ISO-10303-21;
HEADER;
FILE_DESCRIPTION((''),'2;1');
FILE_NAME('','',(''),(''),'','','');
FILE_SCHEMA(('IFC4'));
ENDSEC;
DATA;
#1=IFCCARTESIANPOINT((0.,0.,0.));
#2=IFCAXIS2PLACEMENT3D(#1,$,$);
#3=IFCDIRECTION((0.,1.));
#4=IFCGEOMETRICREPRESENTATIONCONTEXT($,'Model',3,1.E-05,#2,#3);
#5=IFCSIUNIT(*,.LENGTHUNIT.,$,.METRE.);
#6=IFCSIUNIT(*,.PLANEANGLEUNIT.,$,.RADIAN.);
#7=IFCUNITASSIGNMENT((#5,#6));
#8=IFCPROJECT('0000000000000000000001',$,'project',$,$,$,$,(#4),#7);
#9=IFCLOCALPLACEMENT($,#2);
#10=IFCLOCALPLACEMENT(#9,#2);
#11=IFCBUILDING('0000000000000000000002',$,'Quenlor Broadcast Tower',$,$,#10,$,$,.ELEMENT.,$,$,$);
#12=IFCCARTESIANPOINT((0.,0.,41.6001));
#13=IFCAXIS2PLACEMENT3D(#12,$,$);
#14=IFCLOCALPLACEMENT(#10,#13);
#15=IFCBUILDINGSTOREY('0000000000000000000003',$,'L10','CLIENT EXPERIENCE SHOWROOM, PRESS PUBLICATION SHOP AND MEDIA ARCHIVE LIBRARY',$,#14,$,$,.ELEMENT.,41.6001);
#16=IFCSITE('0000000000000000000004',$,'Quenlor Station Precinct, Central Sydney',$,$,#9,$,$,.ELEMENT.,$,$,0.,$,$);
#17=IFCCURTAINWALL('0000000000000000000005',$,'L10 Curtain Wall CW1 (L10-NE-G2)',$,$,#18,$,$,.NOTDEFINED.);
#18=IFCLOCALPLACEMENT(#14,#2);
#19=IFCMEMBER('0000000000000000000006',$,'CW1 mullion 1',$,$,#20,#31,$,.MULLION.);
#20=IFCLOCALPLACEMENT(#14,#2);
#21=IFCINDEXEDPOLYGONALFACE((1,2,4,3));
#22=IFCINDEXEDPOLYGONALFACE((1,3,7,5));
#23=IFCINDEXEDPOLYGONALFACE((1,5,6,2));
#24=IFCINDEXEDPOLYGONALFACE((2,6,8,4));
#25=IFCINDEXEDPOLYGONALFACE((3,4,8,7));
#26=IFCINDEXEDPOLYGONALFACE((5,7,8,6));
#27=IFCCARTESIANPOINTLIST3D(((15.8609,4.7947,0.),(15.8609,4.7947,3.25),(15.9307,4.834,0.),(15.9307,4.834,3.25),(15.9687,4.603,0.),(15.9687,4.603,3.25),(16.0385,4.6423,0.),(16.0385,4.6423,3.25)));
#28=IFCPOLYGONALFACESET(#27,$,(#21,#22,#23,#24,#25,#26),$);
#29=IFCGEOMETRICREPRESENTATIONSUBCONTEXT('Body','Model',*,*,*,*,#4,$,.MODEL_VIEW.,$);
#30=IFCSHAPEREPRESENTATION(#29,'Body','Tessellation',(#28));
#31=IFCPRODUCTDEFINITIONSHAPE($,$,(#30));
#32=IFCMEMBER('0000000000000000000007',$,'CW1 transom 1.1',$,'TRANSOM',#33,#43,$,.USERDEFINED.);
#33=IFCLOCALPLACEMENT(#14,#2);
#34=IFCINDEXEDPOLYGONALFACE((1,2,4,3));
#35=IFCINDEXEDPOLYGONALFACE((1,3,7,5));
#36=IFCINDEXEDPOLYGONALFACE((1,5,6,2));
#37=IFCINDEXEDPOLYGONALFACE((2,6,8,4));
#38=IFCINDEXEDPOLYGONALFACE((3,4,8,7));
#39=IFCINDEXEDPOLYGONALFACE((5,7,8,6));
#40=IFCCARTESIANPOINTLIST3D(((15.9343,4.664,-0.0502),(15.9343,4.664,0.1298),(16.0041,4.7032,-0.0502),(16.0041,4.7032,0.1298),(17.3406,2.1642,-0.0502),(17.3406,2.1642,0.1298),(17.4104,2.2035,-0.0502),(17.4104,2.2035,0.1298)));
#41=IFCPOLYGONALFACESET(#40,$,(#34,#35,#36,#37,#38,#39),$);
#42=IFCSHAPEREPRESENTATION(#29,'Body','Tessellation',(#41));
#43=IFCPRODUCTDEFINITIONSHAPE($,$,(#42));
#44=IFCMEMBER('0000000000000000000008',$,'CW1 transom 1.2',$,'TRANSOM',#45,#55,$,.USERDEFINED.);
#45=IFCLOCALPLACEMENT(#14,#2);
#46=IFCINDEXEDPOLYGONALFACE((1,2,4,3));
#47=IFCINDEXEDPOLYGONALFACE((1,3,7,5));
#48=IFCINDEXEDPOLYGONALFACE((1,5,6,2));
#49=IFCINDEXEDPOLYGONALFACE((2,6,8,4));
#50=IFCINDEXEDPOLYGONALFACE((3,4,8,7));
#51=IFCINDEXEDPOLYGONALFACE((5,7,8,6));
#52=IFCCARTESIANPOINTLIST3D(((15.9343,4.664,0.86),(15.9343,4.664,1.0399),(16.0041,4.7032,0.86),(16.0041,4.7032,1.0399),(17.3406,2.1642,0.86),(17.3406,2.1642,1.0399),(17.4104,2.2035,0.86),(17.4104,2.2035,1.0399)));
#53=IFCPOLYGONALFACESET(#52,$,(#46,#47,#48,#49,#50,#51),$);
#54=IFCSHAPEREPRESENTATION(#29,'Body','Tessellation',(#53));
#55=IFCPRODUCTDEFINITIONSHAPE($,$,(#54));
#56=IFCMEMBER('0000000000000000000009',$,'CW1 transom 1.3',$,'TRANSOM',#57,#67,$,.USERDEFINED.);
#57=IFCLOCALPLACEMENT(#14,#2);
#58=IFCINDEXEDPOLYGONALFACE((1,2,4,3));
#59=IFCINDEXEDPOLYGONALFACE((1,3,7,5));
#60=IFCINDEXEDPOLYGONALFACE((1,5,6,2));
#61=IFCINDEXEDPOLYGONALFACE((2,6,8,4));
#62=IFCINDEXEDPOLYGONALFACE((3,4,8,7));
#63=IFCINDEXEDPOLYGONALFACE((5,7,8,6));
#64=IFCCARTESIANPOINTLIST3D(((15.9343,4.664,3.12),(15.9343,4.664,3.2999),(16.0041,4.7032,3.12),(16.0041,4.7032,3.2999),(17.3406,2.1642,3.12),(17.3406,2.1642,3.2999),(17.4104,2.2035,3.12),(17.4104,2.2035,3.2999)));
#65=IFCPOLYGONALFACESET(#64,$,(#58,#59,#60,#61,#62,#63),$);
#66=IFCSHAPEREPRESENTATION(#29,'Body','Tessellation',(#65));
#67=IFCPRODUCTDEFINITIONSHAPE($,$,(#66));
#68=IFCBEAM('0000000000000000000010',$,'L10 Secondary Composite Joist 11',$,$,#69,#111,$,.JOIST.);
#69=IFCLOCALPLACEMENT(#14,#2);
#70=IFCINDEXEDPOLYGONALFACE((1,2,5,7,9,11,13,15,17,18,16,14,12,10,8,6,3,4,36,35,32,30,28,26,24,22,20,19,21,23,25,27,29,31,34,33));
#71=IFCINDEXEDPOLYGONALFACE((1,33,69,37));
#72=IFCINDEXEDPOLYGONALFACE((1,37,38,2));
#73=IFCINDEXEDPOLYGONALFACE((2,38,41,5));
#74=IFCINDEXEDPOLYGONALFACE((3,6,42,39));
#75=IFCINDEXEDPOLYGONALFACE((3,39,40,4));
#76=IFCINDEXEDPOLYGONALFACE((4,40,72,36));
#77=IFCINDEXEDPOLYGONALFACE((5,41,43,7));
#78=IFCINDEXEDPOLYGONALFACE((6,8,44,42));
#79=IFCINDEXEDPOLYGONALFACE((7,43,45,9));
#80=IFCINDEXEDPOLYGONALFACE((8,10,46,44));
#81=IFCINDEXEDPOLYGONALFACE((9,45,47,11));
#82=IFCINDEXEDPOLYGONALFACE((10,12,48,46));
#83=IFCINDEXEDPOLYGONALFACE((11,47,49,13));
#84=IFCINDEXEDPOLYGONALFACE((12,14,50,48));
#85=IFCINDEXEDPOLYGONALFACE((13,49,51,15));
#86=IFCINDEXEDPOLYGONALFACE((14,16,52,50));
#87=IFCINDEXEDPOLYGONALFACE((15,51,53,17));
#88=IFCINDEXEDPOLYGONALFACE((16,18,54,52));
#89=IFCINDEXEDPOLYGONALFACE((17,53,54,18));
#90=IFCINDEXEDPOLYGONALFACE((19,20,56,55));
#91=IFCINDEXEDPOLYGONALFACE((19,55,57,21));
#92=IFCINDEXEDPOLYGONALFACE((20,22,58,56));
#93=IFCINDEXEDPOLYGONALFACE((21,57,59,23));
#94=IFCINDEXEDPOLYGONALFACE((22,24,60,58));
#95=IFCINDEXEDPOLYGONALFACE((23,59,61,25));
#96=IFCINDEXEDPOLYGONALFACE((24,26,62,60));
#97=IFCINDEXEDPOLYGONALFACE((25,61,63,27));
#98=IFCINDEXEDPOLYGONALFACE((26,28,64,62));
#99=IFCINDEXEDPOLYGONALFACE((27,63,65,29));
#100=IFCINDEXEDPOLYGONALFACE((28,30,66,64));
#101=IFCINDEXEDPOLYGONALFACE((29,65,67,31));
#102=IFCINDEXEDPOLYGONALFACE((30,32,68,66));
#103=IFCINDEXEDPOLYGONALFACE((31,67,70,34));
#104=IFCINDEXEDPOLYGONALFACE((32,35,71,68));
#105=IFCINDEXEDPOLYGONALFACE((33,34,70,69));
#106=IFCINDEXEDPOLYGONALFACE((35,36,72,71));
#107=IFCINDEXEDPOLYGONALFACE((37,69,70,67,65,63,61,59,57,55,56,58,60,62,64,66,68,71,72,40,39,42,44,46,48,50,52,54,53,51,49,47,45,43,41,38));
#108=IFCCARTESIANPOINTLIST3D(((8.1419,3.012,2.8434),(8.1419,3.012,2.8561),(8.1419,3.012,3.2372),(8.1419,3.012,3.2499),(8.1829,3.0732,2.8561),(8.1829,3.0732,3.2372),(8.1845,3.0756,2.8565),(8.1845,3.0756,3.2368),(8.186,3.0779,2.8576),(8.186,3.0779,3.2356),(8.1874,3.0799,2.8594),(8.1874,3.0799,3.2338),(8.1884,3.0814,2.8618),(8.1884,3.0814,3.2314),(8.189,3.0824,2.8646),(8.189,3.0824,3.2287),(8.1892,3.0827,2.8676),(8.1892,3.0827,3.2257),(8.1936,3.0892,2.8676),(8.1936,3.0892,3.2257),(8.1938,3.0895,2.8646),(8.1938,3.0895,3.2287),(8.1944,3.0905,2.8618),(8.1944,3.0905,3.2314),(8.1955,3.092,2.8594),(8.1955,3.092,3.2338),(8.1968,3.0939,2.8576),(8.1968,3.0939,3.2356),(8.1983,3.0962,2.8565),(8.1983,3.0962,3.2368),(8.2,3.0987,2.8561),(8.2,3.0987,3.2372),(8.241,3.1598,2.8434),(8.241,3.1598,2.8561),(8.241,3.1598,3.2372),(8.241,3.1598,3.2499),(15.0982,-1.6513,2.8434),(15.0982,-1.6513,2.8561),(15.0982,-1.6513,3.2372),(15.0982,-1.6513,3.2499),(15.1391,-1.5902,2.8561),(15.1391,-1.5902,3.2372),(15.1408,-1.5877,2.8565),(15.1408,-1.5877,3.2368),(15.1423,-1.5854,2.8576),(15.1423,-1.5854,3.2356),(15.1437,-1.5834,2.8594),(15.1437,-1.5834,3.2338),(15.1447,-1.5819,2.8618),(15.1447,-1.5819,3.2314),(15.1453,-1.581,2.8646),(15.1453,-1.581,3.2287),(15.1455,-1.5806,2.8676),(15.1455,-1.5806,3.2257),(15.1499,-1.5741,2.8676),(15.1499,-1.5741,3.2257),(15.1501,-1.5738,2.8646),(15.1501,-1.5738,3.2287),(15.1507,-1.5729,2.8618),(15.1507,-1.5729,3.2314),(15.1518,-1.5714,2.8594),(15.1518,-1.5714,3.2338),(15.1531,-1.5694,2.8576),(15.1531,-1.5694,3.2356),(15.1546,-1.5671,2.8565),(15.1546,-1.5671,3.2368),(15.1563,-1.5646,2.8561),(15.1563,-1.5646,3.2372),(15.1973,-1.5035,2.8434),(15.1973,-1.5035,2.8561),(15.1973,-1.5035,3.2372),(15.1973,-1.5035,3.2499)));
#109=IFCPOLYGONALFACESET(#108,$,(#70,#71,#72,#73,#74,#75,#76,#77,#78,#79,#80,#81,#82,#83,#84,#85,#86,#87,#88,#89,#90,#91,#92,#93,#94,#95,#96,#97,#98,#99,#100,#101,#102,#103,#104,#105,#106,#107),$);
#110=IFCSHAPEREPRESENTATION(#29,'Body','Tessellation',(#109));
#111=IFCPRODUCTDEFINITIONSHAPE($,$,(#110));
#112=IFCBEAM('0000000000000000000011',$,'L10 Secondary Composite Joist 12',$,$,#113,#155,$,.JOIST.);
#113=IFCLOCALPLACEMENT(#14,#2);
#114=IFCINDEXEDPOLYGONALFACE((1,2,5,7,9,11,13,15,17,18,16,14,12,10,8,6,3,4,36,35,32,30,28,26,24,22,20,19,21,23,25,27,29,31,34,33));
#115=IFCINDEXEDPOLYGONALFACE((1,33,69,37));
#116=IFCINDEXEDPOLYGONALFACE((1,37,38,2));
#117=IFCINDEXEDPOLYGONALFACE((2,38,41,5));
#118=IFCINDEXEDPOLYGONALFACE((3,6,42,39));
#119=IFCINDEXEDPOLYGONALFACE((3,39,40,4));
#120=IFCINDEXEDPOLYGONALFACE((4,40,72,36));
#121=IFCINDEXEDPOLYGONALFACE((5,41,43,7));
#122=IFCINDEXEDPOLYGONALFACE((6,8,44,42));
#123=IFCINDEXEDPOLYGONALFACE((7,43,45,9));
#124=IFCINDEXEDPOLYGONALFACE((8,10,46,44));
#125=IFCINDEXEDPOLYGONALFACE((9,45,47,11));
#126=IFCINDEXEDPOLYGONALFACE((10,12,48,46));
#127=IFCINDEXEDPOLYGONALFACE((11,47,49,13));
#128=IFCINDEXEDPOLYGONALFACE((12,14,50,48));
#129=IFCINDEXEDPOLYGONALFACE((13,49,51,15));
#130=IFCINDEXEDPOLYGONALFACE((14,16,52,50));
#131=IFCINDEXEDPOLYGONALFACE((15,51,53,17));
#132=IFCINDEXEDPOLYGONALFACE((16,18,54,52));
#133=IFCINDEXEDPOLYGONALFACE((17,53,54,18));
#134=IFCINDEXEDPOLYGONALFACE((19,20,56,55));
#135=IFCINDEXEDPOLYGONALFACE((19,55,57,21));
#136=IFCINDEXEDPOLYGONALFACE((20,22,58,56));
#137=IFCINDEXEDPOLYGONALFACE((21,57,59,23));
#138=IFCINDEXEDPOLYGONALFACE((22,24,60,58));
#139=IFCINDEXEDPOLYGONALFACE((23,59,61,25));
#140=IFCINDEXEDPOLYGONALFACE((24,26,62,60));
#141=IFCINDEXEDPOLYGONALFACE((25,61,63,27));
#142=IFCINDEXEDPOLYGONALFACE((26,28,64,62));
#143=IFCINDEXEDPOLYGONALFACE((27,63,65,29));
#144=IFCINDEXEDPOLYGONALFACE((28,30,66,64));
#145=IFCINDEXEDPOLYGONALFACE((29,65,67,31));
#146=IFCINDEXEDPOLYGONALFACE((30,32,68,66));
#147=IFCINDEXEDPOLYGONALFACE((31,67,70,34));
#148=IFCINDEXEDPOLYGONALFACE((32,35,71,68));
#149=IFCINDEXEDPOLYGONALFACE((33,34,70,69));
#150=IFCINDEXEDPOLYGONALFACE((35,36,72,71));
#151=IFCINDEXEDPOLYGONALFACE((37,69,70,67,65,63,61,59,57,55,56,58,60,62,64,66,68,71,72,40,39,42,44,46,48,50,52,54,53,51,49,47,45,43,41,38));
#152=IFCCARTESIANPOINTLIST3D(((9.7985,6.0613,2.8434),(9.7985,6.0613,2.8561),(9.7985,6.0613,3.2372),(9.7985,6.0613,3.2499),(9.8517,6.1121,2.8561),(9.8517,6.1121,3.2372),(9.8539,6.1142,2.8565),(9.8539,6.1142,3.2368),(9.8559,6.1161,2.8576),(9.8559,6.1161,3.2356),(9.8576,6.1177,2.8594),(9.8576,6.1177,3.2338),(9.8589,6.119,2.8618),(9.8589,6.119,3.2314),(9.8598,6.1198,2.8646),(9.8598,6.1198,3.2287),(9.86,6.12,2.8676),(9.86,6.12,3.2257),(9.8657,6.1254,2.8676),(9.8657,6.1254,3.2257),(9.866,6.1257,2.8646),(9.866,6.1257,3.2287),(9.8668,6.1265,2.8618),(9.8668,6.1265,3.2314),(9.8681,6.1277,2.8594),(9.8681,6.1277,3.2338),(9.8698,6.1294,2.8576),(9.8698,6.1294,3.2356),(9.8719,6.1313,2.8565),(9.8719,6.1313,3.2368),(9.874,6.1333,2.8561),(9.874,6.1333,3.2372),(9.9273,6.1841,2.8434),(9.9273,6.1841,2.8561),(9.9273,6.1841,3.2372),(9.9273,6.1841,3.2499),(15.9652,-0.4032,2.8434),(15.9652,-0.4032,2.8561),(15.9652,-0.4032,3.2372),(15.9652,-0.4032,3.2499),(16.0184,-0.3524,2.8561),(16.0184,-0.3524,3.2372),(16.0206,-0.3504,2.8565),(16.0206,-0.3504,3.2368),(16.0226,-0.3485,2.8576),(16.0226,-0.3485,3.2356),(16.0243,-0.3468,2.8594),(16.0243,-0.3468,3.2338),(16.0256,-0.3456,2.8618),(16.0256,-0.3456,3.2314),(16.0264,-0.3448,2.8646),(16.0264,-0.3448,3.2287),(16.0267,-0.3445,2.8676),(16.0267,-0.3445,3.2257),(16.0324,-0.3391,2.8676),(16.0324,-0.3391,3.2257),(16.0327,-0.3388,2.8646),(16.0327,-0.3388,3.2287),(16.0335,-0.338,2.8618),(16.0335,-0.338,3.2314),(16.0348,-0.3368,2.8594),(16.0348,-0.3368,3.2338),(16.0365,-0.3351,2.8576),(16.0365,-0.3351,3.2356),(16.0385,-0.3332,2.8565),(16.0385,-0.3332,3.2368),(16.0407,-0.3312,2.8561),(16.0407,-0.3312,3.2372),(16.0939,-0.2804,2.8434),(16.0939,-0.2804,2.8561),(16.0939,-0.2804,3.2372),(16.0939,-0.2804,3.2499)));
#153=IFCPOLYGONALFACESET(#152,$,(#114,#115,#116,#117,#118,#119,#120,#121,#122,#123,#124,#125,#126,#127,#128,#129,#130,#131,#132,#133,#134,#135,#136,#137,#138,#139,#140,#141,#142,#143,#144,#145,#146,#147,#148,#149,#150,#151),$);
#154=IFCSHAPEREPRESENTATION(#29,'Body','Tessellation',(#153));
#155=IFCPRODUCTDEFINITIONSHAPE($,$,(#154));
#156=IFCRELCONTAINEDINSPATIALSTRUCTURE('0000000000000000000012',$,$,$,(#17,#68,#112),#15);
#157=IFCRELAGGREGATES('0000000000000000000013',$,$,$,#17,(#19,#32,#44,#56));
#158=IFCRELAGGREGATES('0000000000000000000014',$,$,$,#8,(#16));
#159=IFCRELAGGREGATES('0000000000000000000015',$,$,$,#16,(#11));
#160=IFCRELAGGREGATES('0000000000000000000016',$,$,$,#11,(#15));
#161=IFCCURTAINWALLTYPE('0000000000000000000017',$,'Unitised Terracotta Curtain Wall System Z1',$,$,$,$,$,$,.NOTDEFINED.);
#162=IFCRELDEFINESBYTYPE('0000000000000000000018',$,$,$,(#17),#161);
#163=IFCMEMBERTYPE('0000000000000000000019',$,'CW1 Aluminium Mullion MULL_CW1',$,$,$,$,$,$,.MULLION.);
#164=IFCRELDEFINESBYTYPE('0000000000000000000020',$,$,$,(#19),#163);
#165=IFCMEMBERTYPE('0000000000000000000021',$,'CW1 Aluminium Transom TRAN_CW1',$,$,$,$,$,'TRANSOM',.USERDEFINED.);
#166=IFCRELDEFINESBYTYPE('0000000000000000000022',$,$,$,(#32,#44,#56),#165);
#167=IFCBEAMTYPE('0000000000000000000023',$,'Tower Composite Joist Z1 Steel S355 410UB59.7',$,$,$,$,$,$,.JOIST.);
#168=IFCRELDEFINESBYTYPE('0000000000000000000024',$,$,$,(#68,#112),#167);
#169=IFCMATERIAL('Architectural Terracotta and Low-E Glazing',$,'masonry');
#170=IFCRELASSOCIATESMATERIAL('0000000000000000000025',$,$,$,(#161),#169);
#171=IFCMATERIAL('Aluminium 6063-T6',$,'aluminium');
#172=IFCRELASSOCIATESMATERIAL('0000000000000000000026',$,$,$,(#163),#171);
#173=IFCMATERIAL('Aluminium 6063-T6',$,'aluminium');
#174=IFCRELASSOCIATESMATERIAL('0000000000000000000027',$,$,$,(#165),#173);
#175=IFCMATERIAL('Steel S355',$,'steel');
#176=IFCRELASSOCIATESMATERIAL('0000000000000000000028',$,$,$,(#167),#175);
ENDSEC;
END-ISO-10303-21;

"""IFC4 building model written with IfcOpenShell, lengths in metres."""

from ifc_helpers import new_model, si_unit, direction, frame, origin, origin_2d, place, context, subcontext, project, spatial, rectangle, i_section, extrude, material, material_profile, profile_set, type_object, element, aggregate, save


model = new_model("IFC4")

# Units and contexts
model_context = context("Model", 3, precision=1e-05, world=origin(), true_north=direction((0.0, 1.0)))
body_context = subcontext(model_context, "Body", "Model", "MODEL_VIEW")
ifc_project = project(units=[si_unit("LENGTHUNIT", "METRE"), si_unit("PLANEANGLEUNIT", "RADIAN")], contexts=[model_context])

# Site, building, storey
site_placement = place(None, origin())
site = spatial("IfcSite", under=ifc_project, at=site_placement, Name="Quenlor Station Precinct, Central Sydney", CompositionType="ELEMENT", RefElevation=0.0)
building_placement = place(site_placement, origin())
building = spatial("IfcBuilding", under=site, at=building_placement, Name="Quenlor Broadcast Tower", CompositionType="ELEMENT")
storey_placement = place(building_placement, frame((0.0, 0.0, 41.6001)))
storey = spatial("IfcBuildingStorey", under=building, at=storey_placement, Name="L10", Description="CLIENT EXPERIENCE SHOWROOM, PRESS PUBLICATION SHOP AND MEDIA ARCHIVE LIBRARY", CompositionType="ELEMENT", Elevation=41.6001)

# Curtain wall, members
ifc_material_1 = material(Name="Architectural Terracotta and Low-E Glazing", Category="masonry")
curtain_wall_type = type_object("IfcCurtainWallType", Name="Unitised Terracotta Curtain Wall System Z1", PredefinedType="NOTDEFINED", material=ifc_material_1)
curtain_wall_placement = place(storey_placement, origin())
curtain_wall = element("IfcCurtainWall", 1, at=curtain_wall_placement, inside=storey, type_object=curtain_wall_type, Name="L10 Curtain Wall CW1 (L10-NE-G2)", PredefinedType="NOTDEFINED")
ifc_material_2 = material(Name="Aluminium 6063-T6", Category="aluminium")
ifc_material_profile_1 = material_profile(ifc_material_2, rectangle(XDim=0.0801, YDim=0.22, at=origin_2d()))
ifc_profile_set_1 = profile_set([ifc_material_profile_1], Name="Aluminium 6063-T6 MULL80x220")
member_type_1 = type_object("IfcMemberType", Name="CW1 Aluminium Mullion MULL_CW1", PredefinedType="MULLION", material=ifc_profile_set_1)
member_1_placement = place(storey_placement, frame((15.9497, 4.7185, 0.0), z_axis=(0.0, 0.0, 1.0), x_axis=(0.871568, 0.490274, 0.0)))
member_1 = element("IfcMember", 2, at=member_1_placement, type_object=member_type_1, Name="CW1 mullion 1", PredefinedType="MULLION", context=body_context, shape_type="SweptSolid", body=[
    extrude(rectangle(XDim=0.0801, YDim=0.22, at=origin_2d()), origin(), (0.0, 0.0, 1.0), 3.25),
])
ifc_material_3 = material(Name="Aluminium 6063-T6", Category="aluminium")
ifc_material_profile_2 = material_profile(ifc_material_3, rectangle(XDim=0.0801, YDim=0.1799, at=origin_2d()))
ifc_profile_set_2 = profile_set([ifc_material_profile_2], Name="Aluminium 6063-T6 TRAN80x180")
member_type_2 = type_object("IfcMemberType", Name="CW1 Aluminium Transom TRAN_CW1", ElementType="TRANSOM", PredefinedType="USERDEFINED", material=ifc_profile_set_2)
member_2_placement = place(storey_placement, frame((15.9692, 4.6836, 0.0398), z_axis=(0.490298, -0.871555, 0.0), x_axis=(0.871555, 0.490298, 0.0)))
member_2 = element("IfcMember", 3, at=member_2_placement, type_object=member_type_2, Name="CW1 transom 1.1", ObjectType="TRANSOM", PredefinedType="USERDEFINED", context=body_context, shape_type="SweptSolid", body=[
    extrude(rectangle(XDim=0.0801, YDim=0.1799, at=origin_2d()), origin(), (0.0, 0.0, 1.0), 2.8682),
])
member_3_placement = place(storey_placement, frame((15.9692, 4.6836, 0.95), z_axis=(0.490298, -0.871555, 0.0), x_axis=(0.871555, 0.490298, 0.0)))
member_3 = element("IfcMember", 4, at=member_3_placement, type_object=member_type_2, Name="CW1 transom 1.2", ObjectType="TRANSOM", PredefinedType="USERDEFINED", context=body_context, shape_type="SweptSolid", body=[
    extrude(rectangle(XDim=0.0801, YDim=0.1799, at=origin_2d()), origin(), (0.0, 0.0, 1.0), 2.8682),
])
member_4_placement = place(storey_placement, frame((15.9692, 4.6836, 3.21), z_axis=(0.490298, -0.871555, 0.0), x_axis=(0.871555, 0.490298, 0.0)))
member_4 = element("IfcMember", 5, at=member_4_placement, type_object=member_type_2, Name="CW1 transom 1.3", ObjectType="TRANSOM", PredefinedType="USERDEFINED", context=body_context, shape_type="SweptSolid", body=[
    extrude(rectangle(XDim=0.0801, YDim=0.1799, at=origin_2d()), origin(), (0.0, 0.0, 1.0), 2.8682),
])
aggregate(curtain_wall, [member_1, member_2, member_3, member_4])

# Beams
ifc_material_4 = material(Name="Steel S355", Category="steel")
ifc_material_profile_3 = material_profile(ifc_material_4, i_section(OverallWidth=0.178, OverallDepth=0.4065, WebThickness=0.0078, FlangeThickness=0.0127, FilletRadius=0.0115, at=origin_2d()))
ifc_profile_set_3 = profile_set([ifc_material_profile_3], Name="Steel S355 410UB59.7")
beam_type = type_object("IfcBeamType", Name="Tower Composite Joist Z1 Steel S355 410UB59.7", PredefinedType="JOIST", material=ifc_profile_set_3)
beam_1_placement = place(storey_placement, frame((15.1477, -1.5774, 3.0466), z_axis=(-0.830626, 0.556831, 0.0), x_axis=(-0.556831, -0.830626, 0.0)))
element("IfcBeam", 6, at=beam_1_placement, inside=storey, type_object=beam_type, Name="L10 Secondary Composite Joist 11", PredefinedType="JOIST", context=body_context, shape_type="SweptSolid", body=[
    extrude(i_section(OverallWidth=0.178, OverallDepth=0.4065, WebThickness=0.0078, FlangeThickness=0.0127, FilletRadius=0.0115, at=origin_2d()), origin(), (0.0, 0.0, 1.0), 8.3748),
])
beam_2_placement = place(storey_placement, frame((16.0295, -0.3418, 3.0466), z_axis=(-0.690241, 0.723579, 0.0), x_axis=(-0.723579, -0.690241, 0.0)))
element("IfcBeam", 7, at=beam_2_placement, inside=storey, type_object=beam_type, Name="L10 Secondary Composite Joist 12", PredefinedType="JOIST", context=body_context, shape_type="SweptSolid", body=[
    extrude(i_section(OverallWidth=0.178, OverallDepth=0.4065, WebThickness=0.0078, FlangeThickness=0.0127, FilletRadius=0.0115, at=origin_2d()), origin(), (0.0, 0.0, 1.0), 8.9341),
])

save(model, "model.ifc")
